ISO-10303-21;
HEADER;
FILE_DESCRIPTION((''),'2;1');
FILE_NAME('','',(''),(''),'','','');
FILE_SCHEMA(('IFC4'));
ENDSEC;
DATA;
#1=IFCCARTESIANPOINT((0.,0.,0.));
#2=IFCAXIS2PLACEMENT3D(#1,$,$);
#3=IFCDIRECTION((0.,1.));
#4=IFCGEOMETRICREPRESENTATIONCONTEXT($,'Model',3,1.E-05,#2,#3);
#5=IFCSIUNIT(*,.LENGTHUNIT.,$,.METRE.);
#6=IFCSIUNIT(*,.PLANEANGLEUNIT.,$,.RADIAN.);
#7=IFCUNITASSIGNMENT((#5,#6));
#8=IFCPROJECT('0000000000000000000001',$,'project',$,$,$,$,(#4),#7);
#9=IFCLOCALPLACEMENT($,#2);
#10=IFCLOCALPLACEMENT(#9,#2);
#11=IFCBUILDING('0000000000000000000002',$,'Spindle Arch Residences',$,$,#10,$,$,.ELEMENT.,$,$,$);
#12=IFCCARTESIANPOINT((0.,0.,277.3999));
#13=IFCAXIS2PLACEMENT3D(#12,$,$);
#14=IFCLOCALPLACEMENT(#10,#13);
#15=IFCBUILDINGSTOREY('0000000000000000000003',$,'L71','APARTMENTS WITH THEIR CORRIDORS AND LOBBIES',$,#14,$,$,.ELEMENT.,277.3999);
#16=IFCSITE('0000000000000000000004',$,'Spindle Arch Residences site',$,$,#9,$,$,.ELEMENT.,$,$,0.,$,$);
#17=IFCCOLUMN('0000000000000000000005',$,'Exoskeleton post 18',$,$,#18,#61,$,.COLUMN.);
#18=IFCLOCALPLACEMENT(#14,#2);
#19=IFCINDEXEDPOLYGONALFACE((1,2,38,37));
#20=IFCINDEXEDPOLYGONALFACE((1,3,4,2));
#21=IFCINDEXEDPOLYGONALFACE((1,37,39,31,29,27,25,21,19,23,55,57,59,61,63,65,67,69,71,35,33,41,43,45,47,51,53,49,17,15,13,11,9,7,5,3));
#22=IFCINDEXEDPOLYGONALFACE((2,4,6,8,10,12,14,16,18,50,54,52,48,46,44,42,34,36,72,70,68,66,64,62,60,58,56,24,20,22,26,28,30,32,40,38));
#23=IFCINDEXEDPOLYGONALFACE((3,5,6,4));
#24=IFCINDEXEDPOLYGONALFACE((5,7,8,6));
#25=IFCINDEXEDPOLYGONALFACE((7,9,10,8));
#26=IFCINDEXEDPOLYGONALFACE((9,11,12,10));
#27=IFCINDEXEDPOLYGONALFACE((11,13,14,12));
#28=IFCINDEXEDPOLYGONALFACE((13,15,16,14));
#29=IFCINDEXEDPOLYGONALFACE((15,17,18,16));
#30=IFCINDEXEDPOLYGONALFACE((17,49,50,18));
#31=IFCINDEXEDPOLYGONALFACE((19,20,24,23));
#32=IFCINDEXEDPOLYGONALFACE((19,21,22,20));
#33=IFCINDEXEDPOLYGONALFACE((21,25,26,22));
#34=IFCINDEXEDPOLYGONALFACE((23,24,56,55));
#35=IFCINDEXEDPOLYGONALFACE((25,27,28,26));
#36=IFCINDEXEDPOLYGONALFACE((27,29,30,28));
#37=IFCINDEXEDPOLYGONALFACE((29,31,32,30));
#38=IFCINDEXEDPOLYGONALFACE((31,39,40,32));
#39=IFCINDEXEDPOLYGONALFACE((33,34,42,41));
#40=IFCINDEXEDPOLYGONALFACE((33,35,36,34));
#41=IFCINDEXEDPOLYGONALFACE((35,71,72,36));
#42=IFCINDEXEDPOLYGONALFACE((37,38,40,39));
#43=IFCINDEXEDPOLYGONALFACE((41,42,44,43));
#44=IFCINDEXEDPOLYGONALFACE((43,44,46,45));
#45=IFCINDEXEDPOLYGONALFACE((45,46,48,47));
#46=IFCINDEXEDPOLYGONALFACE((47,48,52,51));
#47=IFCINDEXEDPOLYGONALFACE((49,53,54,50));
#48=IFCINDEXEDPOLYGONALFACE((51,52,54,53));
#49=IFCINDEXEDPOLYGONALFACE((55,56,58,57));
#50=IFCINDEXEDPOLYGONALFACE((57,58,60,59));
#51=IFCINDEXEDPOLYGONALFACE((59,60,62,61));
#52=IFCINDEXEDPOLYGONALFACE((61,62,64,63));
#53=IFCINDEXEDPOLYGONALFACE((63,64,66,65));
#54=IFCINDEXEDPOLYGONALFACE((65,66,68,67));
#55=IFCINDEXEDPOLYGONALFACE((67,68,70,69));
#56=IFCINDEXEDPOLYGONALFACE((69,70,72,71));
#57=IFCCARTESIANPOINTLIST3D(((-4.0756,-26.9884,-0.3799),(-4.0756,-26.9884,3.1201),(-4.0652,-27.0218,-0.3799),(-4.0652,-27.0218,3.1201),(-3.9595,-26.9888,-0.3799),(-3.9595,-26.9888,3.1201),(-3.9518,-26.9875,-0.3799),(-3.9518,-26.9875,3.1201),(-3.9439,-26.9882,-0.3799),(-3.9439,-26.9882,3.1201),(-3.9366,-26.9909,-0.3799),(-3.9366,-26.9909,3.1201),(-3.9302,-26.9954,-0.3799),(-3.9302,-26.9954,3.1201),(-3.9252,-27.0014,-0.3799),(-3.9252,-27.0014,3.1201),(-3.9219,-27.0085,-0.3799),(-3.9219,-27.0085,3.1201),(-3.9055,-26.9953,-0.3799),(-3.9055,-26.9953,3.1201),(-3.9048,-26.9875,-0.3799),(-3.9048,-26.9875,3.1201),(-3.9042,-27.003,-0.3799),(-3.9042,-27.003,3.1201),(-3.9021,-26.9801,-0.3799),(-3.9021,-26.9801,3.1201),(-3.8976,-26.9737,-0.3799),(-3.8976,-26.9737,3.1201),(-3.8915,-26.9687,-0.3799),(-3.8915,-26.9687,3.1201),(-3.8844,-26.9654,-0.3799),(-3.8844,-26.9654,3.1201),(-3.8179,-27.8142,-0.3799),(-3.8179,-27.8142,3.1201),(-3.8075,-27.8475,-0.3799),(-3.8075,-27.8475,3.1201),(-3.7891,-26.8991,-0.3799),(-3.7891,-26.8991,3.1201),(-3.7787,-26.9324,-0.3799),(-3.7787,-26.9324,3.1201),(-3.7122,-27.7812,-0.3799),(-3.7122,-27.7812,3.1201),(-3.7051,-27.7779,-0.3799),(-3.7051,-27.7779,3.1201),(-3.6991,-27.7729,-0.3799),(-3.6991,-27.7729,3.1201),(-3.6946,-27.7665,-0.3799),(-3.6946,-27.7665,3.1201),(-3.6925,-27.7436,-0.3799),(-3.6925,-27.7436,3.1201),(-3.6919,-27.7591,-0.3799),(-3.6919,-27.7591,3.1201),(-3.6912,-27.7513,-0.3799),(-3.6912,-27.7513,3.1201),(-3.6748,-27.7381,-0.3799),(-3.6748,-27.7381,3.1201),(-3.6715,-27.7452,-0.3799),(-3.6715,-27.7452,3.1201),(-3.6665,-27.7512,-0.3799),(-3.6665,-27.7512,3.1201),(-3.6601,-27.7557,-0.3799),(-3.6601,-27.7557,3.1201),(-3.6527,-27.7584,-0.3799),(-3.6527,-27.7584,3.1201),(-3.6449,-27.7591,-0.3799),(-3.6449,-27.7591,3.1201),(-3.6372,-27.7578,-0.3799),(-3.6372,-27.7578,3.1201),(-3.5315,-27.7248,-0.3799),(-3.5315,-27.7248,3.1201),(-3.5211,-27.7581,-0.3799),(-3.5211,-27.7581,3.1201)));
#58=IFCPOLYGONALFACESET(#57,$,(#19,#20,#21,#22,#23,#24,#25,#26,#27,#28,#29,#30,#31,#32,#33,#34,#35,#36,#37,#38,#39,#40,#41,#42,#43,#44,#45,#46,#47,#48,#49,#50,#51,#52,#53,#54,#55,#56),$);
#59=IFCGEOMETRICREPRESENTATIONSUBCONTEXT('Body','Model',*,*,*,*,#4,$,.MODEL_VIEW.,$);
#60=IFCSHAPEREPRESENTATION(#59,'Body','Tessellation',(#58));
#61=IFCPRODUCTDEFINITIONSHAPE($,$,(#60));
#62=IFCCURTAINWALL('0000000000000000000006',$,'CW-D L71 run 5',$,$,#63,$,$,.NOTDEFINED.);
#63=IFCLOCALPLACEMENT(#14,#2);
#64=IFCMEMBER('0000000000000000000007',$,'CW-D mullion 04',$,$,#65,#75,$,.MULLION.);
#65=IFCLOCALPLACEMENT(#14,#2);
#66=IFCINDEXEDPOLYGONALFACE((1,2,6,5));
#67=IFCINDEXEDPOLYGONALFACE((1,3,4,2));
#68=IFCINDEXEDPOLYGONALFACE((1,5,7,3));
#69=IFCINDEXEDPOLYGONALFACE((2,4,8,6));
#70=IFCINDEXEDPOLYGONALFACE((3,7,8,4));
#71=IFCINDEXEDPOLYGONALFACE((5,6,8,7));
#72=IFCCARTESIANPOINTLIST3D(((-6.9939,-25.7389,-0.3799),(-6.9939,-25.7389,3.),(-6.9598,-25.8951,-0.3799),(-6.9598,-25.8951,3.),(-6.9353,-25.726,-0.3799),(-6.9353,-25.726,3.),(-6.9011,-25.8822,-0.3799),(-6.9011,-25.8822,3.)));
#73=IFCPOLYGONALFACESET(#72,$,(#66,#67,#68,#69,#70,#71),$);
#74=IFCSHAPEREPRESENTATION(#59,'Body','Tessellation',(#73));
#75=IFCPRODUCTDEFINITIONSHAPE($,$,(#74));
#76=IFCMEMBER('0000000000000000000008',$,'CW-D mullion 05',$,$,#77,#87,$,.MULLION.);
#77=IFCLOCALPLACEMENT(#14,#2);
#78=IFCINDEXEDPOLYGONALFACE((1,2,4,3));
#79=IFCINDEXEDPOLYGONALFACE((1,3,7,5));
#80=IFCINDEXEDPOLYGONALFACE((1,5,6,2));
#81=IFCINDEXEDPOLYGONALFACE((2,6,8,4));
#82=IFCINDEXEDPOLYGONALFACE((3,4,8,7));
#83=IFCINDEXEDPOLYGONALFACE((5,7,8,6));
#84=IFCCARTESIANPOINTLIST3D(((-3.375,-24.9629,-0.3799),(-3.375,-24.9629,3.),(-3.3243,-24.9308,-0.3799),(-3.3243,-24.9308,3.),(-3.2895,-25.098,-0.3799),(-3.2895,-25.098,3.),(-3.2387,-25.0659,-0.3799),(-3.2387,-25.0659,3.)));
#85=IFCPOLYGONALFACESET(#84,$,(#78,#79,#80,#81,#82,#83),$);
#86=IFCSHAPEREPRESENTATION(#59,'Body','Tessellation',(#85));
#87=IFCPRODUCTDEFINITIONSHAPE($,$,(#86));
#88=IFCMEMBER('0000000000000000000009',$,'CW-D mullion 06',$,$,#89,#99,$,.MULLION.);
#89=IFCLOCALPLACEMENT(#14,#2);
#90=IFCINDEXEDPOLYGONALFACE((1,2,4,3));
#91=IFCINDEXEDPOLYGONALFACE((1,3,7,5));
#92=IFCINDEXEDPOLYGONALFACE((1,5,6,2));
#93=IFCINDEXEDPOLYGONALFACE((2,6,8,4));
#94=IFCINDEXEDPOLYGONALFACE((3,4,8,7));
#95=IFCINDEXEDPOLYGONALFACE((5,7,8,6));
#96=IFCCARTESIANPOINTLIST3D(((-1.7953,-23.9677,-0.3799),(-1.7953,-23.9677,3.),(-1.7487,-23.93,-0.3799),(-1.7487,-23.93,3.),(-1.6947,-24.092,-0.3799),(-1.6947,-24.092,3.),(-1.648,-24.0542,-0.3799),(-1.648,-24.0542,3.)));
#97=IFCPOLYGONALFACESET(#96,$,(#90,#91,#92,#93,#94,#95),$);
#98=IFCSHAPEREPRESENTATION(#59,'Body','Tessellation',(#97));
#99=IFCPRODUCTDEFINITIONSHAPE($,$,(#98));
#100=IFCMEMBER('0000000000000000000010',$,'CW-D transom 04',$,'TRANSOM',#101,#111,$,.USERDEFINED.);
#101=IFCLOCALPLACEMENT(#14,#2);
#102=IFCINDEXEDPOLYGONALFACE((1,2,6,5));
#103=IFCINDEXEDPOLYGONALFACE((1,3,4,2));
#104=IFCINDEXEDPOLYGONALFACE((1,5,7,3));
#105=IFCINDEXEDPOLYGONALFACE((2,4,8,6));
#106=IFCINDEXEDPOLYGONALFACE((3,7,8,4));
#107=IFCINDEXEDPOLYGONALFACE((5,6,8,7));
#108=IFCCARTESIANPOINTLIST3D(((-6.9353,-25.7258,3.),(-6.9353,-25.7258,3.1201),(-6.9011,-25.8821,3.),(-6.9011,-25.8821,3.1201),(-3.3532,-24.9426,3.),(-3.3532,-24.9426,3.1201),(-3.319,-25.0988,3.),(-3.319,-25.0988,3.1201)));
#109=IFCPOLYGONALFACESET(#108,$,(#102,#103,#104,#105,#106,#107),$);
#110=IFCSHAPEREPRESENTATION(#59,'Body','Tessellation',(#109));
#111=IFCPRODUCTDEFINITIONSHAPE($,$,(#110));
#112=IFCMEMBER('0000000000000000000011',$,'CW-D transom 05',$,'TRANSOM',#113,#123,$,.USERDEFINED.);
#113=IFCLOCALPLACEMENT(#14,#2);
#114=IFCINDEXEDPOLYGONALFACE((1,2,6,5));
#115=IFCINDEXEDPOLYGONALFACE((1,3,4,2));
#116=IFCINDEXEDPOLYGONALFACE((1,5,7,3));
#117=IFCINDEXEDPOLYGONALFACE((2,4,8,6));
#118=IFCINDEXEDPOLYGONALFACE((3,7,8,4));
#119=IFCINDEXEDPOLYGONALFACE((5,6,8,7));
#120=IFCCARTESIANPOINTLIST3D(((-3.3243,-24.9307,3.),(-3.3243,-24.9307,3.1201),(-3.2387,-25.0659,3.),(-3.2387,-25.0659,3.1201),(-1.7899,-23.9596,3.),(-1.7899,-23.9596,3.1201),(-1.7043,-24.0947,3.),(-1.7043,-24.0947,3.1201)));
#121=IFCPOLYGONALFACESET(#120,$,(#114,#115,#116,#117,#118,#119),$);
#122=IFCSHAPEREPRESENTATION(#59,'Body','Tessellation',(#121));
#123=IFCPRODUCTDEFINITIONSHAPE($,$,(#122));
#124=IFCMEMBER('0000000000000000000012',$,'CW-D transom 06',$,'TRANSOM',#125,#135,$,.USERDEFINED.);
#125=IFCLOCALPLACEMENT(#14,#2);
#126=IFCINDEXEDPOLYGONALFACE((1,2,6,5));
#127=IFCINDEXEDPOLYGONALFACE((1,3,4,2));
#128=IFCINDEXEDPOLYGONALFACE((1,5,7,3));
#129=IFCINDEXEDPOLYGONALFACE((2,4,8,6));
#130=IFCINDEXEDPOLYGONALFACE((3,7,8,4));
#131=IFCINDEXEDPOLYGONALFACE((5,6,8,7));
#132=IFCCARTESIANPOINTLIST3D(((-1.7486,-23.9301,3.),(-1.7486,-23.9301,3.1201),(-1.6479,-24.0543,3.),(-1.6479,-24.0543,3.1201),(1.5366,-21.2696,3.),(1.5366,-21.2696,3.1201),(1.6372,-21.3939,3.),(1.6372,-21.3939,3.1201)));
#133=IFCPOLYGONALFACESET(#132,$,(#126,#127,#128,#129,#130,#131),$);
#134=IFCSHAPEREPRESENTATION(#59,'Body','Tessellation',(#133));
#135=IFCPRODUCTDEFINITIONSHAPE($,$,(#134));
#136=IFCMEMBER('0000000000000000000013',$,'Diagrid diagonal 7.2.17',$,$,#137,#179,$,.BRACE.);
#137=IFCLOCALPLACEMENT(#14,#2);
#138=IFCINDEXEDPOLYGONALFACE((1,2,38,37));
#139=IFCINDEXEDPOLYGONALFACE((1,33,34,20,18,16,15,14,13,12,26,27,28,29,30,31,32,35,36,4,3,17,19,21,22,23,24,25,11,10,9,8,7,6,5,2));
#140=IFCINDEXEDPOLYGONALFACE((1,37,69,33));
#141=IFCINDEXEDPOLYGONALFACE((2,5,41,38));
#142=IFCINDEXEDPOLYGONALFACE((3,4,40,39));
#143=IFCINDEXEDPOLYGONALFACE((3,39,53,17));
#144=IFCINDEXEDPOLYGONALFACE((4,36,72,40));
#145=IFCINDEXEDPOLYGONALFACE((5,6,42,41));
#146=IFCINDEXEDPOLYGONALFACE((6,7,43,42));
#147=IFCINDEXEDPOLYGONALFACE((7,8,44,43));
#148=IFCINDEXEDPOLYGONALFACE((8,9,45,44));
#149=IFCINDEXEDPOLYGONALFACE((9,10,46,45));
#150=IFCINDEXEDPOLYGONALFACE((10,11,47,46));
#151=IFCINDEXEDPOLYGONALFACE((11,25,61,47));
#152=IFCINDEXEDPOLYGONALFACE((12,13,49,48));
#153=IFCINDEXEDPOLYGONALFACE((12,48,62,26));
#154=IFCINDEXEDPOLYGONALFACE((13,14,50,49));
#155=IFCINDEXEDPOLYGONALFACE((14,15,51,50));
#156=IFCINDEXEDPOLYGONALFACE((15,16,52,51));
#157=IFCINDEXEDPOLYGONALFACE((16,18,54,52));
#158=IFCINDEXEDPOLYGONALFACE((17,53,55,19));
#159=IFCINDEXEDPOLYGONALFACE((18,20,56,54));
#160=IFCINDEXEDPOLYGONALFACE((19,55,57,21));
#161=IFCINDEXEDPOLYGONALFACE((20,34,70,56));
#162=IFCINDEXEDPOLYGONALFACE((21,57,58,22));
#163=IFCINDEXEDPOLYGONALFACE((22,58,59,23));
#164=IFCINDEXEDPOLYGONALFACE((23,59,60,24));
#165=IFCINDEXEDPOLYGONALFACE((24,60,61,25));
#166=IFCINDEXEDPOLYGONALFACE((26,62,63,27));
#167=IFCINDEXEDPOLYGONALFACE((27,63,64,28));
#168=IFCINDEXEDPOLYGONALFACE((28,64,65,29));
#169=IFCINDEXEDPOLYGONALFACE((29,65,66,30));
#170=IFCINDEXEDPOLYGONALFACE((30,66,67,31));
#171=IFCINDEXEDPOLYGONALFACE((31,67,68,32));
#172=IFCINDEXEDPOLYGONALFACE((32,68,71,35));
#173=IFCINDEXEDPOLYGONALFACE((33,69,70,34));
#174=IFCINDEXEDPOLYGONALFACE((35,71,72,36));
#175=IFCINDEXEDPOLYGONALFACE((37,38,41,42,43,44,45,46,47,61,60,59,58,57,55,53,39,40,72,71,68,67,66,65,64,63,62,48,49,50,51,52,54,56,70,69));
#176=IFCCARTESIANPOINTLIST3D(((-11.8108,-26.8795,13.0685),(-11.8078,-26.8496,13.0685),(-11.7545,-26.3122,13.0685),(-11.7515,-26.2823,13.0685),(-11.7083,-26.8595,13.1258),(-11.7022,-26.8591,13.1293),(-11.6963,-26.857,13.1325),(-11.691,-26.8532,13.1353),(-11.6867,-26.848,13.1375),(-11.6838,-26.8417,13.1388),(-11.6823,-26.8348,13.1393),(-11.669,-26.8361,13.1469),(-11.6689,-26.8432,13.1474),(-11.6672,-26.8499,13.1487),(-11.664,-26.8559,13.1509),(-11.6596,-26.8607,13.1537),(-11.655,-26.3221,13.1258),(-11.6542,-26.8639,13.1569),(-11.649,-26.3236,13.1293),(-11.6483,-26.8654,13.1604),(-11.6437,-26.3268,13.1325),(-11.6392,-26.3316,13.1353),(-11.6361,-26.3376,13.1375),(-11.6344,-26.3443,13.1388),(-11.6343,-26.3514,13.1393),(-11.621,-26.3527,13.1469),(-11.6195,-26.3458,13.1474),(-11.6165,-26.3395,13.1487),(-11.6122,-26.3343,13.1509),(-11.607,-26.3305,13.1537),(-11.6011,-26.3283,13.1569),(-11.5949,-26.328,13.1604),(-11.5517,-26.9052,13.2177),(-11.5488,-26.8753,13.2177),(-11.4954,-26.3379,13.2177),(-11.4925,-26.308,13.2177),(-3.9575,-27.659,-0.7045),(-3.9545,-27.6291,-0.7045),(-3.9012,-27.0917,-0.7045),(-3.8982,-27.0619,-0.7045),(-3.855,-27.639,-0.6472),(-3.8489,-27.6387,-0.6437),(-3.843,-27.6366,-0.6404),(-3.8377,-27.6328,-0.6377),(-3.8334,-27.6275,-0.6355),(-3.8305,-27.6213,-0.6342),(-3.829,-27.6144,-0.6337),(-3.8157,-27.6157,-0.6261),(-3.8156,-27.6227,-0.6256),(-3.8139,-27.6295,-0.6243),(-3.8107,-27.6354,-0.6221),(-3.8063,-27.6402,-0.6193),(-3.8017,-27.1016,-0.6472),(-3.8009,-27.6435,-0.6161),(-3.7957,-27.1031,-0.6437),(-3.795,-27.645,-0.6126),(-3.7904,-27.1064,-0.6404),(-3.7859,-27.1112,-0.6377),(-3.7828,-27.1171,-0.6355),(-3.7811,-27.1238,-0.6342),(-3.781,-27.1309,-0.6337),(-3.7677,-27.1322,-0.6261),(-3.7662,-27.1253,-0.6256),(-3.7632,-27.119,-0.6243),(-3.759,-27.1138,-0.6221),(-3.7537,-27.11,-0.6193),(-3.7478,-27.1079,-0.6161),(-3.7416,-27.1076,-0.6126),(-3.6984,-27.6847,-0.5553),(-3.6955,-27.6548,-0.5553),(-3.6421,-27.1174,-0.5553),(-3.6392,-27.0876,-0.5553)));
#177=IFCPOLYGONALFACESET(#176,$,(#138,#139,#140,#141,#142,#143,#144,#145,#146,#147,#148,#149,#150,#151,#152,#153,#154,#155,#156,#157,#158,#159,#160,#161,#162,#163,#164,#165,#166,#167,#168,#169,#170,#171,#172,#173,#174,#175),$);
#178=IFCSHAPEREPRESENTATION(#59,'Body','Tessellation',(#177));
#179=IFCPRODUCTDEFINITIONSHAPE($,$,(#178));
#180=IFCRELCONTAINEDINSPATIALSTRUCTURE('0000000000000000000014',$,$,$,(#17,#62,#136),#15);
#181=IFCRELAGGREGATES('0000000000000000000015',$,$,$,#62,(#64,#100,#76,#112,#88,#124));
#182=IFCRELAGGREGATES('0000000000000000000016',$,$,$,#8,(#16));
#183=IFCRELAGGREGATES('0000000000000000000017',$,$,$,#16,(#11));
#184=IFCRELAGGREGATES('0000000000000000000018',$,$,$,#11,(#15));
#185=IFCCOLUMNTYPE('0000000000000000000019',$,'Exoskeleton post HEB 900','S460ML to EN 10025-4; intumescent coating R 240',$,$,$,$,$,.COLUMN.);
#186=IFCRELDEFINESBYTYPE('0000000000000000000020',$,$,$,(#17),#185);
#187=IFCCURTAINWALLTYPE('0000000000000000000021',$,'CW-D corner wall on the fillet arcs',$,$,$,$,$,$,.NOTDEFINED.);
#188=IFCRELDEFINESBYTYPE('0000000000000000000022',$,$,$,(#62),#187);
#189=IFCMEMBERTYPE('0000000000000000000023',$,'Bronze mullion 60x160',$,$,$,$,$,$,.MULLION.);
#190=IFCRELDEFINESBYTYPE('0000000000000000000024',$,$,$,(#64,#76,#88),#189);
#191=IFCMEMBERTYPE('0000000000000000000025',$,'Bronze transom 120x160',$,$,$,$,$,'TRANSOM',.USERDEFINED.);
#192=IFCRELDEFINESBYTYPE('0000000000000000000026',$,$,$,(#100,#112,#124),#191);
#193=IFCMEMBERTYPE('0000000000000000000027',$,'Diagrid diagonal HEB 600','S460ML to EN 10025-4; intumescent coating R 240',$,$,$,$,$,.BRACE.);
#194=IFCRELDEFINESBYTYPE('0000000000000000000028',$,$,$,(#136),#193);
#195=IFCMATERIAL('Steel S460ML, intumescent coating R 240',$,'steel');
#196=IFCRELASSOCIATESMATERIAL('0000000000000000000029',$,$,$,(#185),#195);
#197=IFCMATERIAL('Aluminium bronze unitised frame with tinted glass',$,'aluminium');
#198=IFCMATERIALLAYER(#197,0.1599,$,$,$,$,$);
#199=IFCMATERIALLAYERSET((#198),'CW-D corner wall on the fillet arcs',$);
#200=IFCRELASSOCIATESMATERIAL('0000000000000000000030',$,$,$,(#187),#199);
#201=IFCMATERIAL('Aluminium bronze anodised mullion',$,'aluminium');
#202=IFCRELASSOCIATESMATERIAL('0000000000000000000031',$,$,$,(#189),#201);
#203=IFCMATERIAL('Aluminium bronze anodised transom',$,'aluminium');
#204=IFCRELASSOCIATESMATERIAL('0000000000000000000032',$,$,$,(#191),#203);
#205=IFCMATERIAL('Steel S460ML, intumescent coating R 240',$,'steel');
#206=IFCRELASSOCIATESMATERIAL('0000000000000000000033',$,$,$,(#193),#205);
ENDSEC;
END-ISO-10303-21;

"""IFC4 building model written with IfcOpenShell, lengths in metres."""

from ifc_helpers import new_model, si_unit, direction, frame, origin, origin_2d, place, context, subcontext, project, spatial, rectangle, i_section, extrude, material, layer, layer_set, material_profile, profile_set, type_object, element, aggregate, save


model = new_model("IFC4")

# Units and contexts
model_context = context("Model", 3, precision=1e-05, world=origin(), true_north=direction((0.0, 1.0)))
body_context = subcontext(model_context, "Body", "Model", "MODEL_VIEW")
ifc_project = project(units=[si_unit("LENGTHUNIT", "METRE"), si_unit("PLANEANGLEUNIT", "RADIAN")], contexts=[model_context])

# Site, building, storey
site_placement = place(None, origin())
site = spatial("IfcSite", under=ifc_project, at=site_placement, Name="Spindle Arch Residences site", CompositionType="ELEMENT", RefElevation=0.0)
building_placement = place(site_placement, origin())
building = spatial("IfcBuilding", under=site, at=building_placement, Name="Spindle Arch Residences", CompositionType="ELEMENT")
storey_placement = place(building_placement, frame((0.0, 0.0, 277.3999)))
storey = spatial("IfcBuildingStorey", under=building, at=storey_placement, Name="L71", Description="APARTMENTS WITH THEIR CORRIDORS AND LOBBIES", CompositionType="ELEMENT", Elevation=277.3999)

# Column
ifc_material_1 = material(Name="Steel S460ML, intumescent coating R 240", Category="steel")
ifc_material_profile_1 = material_profile(ifc_material_1, i_section(OverallWidth=0.3, OverallDepth=0.8999, WebThickness=0.0186, FlangeThickness=0.0349, FilletRadius=0.03, at=origin_2d()), Name="HEB 900")
ifc_profile_set_1 = profile_set([ifc_material_profile_1], Name="Steel S460ML, intumescent coating R 240")
column_type = type_object("IfcColumnType", Name="Exoskeleton post HEB 900", Description="S460ML to EN 10025-4; intumescent coating R 240", PredefinedType="COLUMN", material=ifc_profile_set_1)
column_placement = place(storey_placement, frame((-3.7983, -27.3733, -0.3799), z_axis=(0.0, 0.0, 1.0), x_axis=(-0.954617, -0.297835, 0.0)))
element("IfcColumn", 1, at=column_placement, inside=storey, type_object=column_type, Name="Exoskeleton post 18", PredefinedType="COLUMN", context=body_context, shape_type="SweptSolid", body=[
    extrude(i_section(OverallWidth=0.3, OverallDepth=0.8999, WebThickness=0.0186, FlangeThickness=0.0349, FilletRadius=0.03, at=origin_2d()), origin(), (0.0, 0.0, 1.0), 3.5),
])

# Curtain wall, members
ifc_material_2 = material(Name="Aluminium bronze unitised frame with tinted glass", Category="aluminium")
ifc_layer_1 = layer(ifc_material_2, 0.1599)
ifc_layer_set_1 = layer_set([ifc_layer_1], Name="CW-D corner wall on the fillet arcs")
curtain_wall_type = type_object("IfcCurtainWallType", Name="CW-D corner wall on the fillet arcs", PredefinedType="NOTDEFINED", material=ifc_layer_set_1)
curtain_wall_placement = place(storey_placement, origin())
curtain_wall = element("IfcCurtainWall", 2, at=curtain_wall_placement, inside=storey, type_object=curtain_wall_type, Name="CW-D L71 run 5", PredefinedType="NOTDEFINED")
ifc_material_3 = material(Name="Aluminium bronze anodised mullion", Category="aluminium")
ifc_material_profile_2 = material_profile(ifc_material_3, rectangle(XDim=0.1599, YDim=0.0601, at=origin_2d()), Name="MU 60x160")
ifc_profile_set_2 = profile_set([ifc_material_profile_2], Name="Aluminium bronze anodised mullion")
member_type_1 = type_object("IfcMemberType", Name="Bronze mullion 60x160", PredefinedType="MULLION", material=ifc_profile_set_2)
member_1_placement = place(storey_placement, frame((-6.9475, -25.8105, -0.3799), z_axis=(0.0, 0.0, 1.0), x_axis=(-0.213599, 0.976921, 0.0)))
member_1 = element("IfcMember", 3, at=member_1_placement, type_object=member_type_1, Name="CW-D mullion 04", PredefinedType="MULLION", context=body_context, shape_type="SweptSolid", body=[
    extrude(rectangle(XDim=0.1599, YDim=0.0601, at=origin_2d()), origin(), (0.0, 0.0, 1.0), 3.3799),
])
member_2_placement = place(storey_placement, frame((-3.3069, -25.0144, -0.3799), z_axis=(0.0, 0.0, 1.0), x_axis=(-0.534844, 0.844951, 0.0)))
member_2 = element("IfcMember", 4, at=member_2_placement, type_object=member_type_1, Name="CW-D mullion 05", PredefinedType="MULLION", context=body_context, shape_type="SweptSolid", body=[
    extrude(rectangle(XDim=0.1599, YDim=0.0601, at=origin_2d()), origin(), (0.0, 0.0, 1.0), 3.3799),
])
member_3_placement = place(storey_placement, frame((-1.7217, -24.011, -0.3799), z_axis=(0.0, 0.0, 1.0), x_axis=(-0.62932, 0.777146, 0.0)))
member_3 = element("IfcMember", 5, at=member_3_placement, type_object=member_type_1, Name="CW-D mullion 06", PredefinedType="MULLION", context=body_context, shape_type="SweptSolid", body=[
    extrude(rectangle(XDim=0.1599, YDim=0.0601, at=origin_2d()), origin(), (0.0, 0.0, 1.0), 3.3799),
])
ifc_material_4 = material(Name="Aluminium bronze anodised transom", Category="aluminium")
ifc_material_profile_3 = material_profile(ifc_material_4, rectangle(XDim=0.1599, YDim=0.1201, at=origin_2d()), Name="TR 120x160")
ifc_profile_set_3 = profile_set([ifc_material_profile_3], Name="Aluminium bronze anodised transom")
member_type_2 = type_object("IfcMemberType", Name="Bronze transom 120x160", ElementType="TRANSOM", PredefinedType="USERDEFINED", material=ifc_profile_set_3)
member_4_placement = place(storey_placement, frame((-6.9182, -25.804, 3.0601), z_axis=(0.976921, 0.213602, 0.0), x_axis=(-0.213602, 0.976921, 0.0)))
member_4 = element("IfcMember", 6, at=member_4_placement, type_object=member_type_2, Name="CW-D transom 04", ObjectType="TRANSOM", PredefinedType="USERDEFINED", context=body_context, shape_type="SweptSolid", body=[
    extrude(rectangle(XDim=0.1599, YDim=0.1201, at=origin_2d()), origin(), (0.0, 0.0, 1.0), 3.6667),
])
member_5_placement = place(storey_placement, frame((-3.2815, -24.9983, 3.0601), z_axis=(0.844971, 0.534812, 0.0), x_axis=(-0.534812, 0.844971, 0.0)))
member_5 = element("IfcMember", 7, at=member_5_placement, type_object=member_type_2, Name="CW-D transom 05", ObjectType="TRANSOM", PredefinedType="USERDEFINED", context=body_context, shape_type="SweptSolid", body=[
    extrude(rectangle(XDim=0.1599, YDim=0.1201, at=origin_2d()), origin(), (0.0, 0.0, 1.0), 1.8159),
])
member_6_placement = place(storey_placement, frame((-1.6982, -23.9922, 3.0601), z_axis=(0.777131, 0.629339, 0.0), x_axis=(-0.629339, 0.777131, 0.0)))
member_6 = element("IfcMember", 8, at=member_6_placement, type_object=member_type_2, Name="CW-D transom 06", ObjectType="TRANSOM", PredefinedType="USERDEFINED", context=body_context, shape_type="SweptSolid", body=[
    extrude(rectangle(XDim=0.1599, YDim=0.1201, at=origin_2d()), origin(), (0.0, 0.0, 1.0), 4.2273),
])

# Member
ifc_material_5 = material(Name="Steel S460ML, intumescent coating R 240", Category="steel")
ifc_material_profile_4 = material_profile(ifc_material_5, i_section(OverallWidth=0.3, OverallDepth=0.6001, WebThickness=0.0154, FlangeThickness=0.03, FilletRadius=0.0271, at=origin_2d()), Name="HEB 600")
ifc_profile_set_4 = profile_set([ifc_material_profile_4], Name="Steel S460ML, intumescent coating R 240")
member_type_3 = type_object("IfcMemberType", Name="Diagrid diagonal HEB 600", Description="S460ML to EN 10025-4; intumescent coating R 240", PredefinedType="BRACE", material=ifc_profile_set_4)
member_7_placement = place(storey_placement, frame((-3.7983, -27.3733, -0.6299), z_axis=(-0.494733, 0.049109, 0.867656), x_axis=(0.863413, -0.085705, 0.497165)))
element("IfcMember", 9, at=member_7_placement, inside=storey, type_object=member_type_3, Name="Diagrid diagonal 7.2.17", PredefinedType="BRACE", context=body_context, shape_type="SweptSolid", body=[
    extrude(i_section(OverallWidth=0.3, OverallDepth=0.6001, WebThickness=0.0154, FlangeThickness=0.03, FilletRadius=0.0271, at=origin_2d()), origin(), (0.0, 0.0, 1.0), 15.8738),
])

aggregate(curtain_wall, [member_1, member_4, member_2, member_5, member_3, member_6])

save(model, "model.ifc")
